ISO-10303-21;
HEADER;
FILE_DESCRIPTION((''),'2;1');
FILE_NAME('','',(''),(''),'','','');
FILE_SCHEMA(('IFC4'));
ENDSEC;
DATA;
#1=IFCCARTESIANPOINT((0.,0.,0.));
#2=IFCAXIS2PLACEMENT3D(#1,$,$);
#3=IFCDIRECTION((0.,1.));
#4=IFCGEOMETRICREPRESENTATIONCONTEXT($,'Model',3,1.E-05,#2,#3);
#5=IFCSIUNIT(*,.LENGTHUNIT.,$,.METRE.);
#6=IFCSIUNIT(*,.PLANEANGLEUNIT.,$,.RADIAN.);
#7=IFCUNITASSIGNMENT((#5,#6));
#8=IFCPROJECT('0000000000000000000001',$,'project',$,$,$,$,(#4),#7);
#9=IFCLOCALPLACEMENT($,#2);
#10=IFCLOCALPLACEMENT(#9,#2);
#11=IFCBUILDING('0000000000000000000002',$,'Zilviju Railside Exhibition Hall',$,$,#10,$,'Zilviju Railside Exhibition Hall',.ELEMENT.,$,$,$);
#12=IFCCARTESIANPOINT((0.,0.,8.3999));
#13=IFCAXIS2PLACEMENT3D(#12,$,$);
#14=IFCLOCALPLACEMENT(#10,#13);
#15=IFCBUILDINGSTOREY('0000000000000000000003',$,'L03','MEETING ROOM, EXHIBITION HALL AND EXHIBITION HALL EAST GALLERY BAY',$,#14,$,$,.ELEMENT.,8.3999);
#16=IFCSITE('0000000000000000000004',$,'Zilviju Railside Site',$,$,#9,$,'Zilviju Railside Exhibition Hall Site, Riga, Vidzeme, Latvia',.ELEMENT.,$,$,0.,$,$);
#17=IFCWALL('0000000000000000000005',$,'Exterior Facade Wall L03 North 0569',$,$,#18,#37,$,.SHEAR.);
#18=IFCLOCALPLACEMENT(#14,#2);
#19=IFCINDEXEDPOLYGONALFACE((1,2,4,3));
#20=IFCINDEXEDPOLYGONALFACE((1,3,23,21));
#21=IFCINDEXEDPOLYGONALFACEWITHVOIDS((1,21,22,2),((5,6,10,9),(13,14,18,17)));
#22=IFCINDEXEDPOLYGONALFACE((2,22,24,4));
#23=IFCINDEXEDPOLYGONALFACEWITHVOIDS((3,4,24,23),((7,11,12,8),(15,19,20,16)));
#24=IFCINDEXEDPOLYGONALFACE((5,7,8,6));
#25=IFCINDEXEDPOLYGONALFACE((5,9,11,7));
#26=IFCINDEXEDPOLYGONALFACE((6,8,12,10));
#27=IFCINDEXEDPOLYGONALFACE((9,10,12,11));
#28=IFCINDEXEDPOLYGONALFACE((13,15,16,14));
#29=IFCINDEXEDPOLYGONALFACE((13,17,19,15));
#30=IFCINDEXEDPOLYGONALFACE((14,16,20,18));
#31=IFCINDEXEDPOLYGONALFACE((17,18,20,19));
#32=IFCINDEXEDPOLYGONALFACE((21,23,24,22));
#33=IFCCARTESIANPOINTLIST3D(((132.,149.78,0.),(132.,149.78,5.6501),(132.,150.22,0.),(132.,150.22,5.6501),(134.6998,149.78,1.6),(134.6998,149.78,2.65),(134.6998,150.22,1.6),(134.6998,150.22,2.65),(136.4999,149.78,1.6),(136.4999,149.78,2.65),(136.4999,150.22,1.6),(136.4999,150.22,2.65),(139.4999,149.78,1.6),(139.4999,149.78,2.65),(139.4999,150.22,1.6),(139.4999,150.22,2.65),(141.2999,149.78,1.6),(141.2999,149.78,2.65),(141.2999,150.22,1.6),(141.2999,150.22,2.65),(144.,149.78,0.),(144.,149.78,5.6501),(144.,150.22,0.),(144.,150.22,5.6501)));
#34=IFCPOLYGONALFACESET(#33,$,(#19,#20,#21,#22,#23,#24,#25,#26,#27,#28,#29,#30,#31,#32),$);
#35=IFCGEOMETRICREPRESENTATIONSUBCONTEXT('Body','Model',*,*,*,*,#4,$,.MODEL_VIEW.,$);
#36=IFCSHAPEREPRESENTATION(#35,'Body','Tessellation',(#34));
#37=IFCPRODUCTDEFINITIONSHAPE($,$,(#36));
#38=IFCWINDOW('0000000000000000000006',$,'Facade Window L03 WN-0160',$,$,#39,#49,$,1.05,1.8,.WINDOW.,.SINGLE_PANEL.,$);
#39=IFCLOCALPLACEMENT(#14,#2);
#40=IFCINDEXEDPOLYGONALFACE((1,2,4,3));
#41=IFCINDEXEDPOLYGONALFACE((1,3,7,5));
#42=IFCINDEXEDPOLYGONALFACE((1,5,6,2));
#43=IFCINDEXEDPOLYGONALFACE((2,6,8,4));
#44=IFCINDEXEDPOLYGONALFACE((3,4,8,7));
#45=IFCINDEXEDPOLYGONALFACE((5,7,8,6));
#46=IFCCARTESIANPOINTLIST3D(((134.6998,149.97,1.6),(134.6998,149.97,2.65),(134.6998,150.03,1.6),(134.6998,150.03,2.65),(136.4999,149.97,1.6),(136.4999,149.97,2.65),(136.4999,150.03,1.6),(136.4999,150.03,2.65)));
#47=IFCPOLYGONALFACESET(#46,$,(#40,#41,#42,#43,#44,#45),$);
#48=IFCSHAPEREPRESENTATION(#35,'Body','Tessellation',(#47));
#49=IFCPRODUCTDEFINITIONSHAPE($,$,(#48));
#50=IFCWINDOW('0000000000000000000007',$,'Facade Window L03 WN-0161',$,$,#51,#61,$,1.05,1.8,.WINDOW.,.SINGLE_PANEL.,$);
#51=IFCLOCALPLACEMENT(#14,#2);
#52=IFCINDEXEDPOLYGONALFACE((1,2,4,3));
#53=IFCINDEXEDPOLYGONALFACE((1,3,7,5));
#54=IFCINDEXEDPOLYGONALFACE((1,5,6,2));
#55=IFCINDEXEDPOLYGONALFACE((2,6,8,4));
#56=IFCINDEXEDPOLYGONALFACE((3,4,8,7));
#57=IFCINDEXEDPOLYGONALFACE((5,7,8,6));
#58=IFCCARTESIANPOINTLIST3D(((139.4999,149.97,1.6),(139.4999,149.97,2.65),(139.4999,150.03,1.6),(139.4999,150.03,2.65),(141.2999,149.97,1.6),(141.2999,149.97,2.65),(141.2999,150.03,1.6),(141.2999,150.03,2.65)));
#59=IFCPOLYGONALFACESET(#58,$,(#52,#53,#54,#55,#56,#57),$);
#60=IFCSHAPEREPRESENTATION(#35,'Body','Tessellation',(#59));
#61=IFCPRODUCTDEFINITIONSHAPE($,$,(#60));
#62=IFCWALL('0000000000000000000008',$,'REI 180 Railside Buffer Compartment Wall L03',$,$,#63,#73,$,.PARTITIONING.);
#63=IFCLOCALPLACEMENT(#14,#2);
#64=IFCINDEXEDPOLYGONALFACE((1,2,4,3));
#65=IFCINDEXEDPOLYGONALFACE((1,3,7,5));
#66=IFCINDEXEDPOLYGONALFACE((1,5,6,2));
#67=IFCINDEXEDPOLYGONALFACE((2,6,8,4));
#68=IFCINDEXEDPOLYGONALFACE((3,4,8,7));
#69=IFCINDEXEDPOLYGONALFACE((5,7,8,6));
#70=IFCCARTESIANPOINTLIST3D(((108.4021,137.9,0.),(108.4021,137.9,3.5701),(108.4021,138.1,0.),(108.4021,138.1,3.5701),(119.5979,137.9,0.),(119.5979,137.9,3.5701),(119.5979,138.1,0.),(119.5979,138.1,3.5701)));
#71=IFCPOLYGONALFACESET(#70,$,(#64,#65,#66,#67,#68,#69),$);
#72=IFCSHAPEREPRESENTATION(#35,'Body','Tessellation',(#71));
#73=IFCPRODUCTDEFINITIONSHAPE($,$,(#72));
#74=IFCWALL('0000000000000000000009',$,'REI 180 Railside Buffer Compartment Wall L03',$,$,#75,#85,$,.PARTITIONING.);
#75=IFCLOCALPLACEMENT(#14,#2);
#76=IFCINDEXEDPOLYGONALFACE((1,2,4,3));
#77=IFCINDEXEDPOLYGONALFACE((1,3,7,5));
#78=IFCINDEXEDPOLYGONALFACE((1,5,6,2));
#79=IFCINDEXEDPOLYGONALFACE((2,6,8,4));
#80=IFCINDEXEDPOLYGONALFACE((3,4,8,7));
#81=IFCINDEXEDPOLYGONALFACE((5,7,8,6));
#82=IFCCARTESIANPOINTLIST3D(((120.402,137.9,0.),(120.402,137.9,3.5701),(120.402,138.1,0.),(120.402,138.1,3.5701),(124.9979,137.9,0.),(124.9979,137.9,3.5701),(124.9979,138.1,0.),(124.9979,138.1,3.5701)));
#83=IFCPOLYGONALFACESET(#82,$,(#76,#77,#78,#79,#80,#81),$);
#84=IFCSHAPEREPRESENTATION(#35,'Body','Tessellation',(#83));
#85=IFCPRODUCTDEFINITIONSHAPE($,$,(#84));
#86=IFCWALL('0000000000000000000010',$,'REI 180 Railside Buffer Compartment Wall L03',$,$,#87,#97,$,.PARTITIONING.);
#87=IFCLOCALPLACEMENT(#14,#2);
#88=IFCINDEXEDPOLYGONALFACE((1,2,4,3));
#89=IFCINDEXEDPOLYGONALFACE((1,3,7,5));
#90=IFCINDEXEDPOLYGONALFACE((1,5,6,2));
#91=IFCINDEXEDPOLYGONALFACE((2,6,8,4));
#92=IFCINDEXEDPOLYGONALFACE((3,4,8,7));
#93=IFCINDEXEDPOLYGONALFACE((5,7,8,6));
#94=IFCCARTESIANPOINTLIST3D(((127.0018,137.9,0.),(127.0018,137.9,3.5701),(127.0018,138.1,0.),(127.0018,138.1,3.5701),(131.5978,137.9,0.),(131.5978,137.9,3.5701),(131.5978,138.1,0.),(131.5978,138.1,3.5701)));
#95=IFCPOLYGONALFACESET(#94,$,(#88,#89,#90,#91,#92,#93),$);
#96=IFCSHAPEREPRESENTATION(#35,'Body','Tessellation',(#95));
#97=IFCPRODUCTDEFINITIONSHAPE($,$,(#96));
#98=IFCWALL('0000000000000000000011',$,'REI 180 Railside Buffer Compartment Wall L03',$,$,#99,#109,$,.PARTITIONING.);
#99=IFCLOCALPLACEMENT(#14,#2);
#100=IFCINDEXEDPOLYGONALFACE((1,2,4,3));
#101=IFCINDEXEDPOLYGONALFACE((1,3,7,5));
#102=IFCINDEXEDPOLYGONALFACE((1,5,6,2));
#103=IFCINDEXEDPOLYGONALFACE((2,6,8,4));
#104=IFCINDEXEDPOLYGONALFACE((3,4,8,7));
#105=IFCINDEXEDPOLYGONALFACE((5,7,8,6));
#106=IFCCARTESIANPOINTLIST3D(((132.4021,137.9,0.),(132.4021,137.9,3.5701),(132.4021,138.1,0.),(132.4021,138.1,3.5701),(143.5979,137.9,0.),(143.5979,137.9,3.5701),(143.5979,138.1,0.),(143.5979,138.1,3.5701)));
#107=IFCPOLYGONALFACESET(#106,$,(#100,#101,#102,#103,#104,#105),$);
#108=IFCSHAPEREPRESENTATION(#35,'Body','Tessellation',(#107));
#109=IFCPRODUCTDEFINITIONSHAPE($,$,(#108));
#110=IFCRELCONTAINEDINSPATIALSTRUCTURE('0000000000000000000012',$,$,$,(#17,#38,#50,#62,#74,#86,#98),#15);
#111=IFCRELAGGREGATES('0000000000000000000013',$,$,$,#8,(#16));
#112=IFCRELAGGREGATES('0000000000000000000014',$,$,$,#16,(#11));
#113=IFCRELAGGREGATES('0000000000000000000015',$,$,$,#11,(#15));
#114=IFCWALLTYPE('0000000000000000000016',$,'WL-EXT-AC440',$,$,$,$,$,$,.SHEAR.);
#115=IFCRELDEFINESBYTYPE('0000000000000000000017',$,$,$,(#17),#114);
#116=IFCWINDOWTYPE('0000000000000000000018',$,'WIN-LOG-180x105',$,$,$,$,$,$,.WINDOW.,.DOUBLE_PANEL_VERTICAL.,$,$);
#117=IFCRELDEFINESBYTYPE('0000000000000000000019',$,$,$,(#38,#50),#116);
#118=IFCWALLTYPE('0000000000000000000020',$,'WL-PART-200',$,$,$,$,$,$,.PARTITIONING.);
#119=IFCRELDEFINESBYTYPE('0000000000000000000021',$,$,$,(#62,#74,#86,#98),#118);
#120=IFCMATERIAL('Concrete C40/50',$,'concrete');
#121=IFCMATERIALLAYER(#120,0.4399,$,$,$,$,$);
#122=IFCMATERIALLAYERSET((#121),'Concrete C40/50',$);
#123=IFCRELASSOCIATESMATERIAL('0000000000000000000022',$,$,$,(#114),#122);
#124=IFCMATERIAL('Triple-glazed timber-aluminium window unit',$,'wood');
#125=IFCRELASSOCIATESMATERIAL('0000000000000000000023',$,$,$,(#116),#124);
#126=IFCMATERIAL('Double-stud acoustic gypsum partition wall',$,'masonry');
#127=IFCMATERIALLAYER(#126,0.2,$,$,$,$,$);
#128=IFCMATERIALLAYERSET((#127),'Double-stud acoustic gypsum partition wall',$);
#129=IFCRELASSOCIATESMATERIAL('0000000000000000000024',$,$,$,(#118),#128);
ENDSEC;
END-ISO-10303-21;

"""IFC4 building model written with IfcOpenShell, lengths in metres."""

from ifc_helpers import new_model, si_unit, direction, frame, frame_2d, origin, place, context, subcontext, project, spatial, rectangle, extrude, material, layer, layer_set, type_object, element, fill, save


model = new_model("IFC4")

# Units and contexts
model_context = context("Model", 3, precision=1e-05, world=origin(), true_north=direction((0.0, 1.0)))
body_context = subcontext(model_context, "Body", "Model", "MODEL_VIEW")
ifc_project = project(units=[si_unit("LENGTHUNIT", "METRE"), si_unit("PLANEANGLEUNIT", "RADIAN")], contexts=[model_context])

# Site, building, storey
site_placement = place(None, origin())
site = spatial("IfcSite", under=ifc_project, at=site_placement, Name="Zilviju Railside Site", LongName="Zilviju Railside Exhibition Hall Site, Riga, Vidzeme, Latvia", CompositionType="ELEMENT", RefElevation=0.0)
building_placement = place(site_placement, origin())
building = spatial("IfcBuilding", under=site, at=building_placement, Name="Zilviju Railside Exhibition Hall", LongName="Zilviju Railside Exhibition Hall", CompositionType="ELEMENT")
storey_placement = place(building_placement, frame((0.0, 0.0, 8.3999)))
storey = spatial("IfcBuildingStorey", under=building, at=storey_placement, Name="L03", Description="MEETING ROOM, EXHIBITION HALL AND EXHIBITION HALL EAST GALLERY BAY", CompositionType="ELEMENT", Elevation=8.3999)

# Shared definitions
ifc_material_1 = material(Name="Concrete C40/50", Category="concrete")

# Shared definitions
ifc_layer_1 = layer(ifc_material_1, 0.4399)
ifc_layer_set_1 = layer_set([ifc_layer_1], Name="Concrete C40/50")
wall_type_1 = type_object("IfcWallType", Name="WL-EXT-AC440", PredefinedType="SHEAR", material=ifc_layer_set_1)
ifc_material_2 = material(Name="Triple-glazed timber-aluminium window unit", Category="wood")
window_type = type_object("IfcWindowType", Name="WIN-LOG-180x105", PartitioningType="DOUBLE_PANEL_VERTICAL", PredefinedType="WINDOW", material=ifc_material_2)

# Wall, openings, windows
wall_1_placement = place(storey_placement, frame((132.0, 150.0, 0.0), z_axis=(0.0, 0.0, 1.0), x_axis=(1.0, 0.0, 0.0)))
wall_1 = element("IfcWall", 1, at=wall_1_placement, inside=storey, type_object=wall_type_1, Name="Exterior Facade Wall L03 North 0569", PredefinedType="SHEAR", context=body_context, shape_type="SweptSolid", body=[
    extrude(rectangle(XDim=12.0, YDim=0.4399, at=frame_2d((6.0, 0.0))), origin(), (0.0, 0.0, 1.0), 5.6501),
])
opening_1_placement = place(wall_1_placement, frame((2.7, 0.0, 1.6001)))
opening_1 = element("IfcOpeningElement", 2, at=opening_1_placement, cuts=wall_1, PredefinedType="OPENING", context=body_context, shape_type="SweptSolid", body=[
    extrude(rectangle(XDim=1.8, YDim=1.05, at=frame_2d((0.8999, 0.5249))), frame((0.0, 0.23, 0.0), z_axis=(0.0, -1.0, 0.0), x_axis=(1.0, 0.0, 0.0)), (0.0, 0.0, 1.0), 0.46),
])
opening_2_placement = place(wall_1_placement, frame((7.5, 0.0, 1.6001)))
opening_2 = element("IfcOpeningElement", 3, at=opening_2_placement, cuts=wall_1, PredefinedType="OPENING", context=body_context, shape_type="SweptSolid", body=[
    extrude(rectangle(XDim=1.8, YDim=1.05, at=frame_2d((0.8999, 0.5249))), frame((0.0, 0.23, 0.0), z_axis=(0.0, -1.0, 0.0), x_axis=(1.0, 0.0, 0.0)), (0.0, 0.0, 1.0), 0.46),
])
window_1_placement = place(opening_1_placement, origin())
window_1 = element("IfcWindow", 4, at=window_1_placement, inside=storey, type_object=window_type, Name="Facade Window L03 WN-0160", OverallHeight=1.05, OverallWidth=1.8, PartitioningType="SINGLE_PANEL", PredefinedType="WINDOW", context=body_context, shape_type="SweptSolid", body=[
    extrude(rectangle(XDim=1.8, YDim=1.05, at=frame_2d((0.8999, 0.5249))), frame((0.0, 0.03, 0.0), z_axis=(0.0, -1.0, 0.0), x_axis=(1.0, 0.0, 0.0)), (0.0, 0.0, 1.0), 0.0601),
])
fill(opening_1, window_1)
window_2_placement = place(opening_2_placement, origin())
window_2 = element("IfcWindow", 5, at=window_2_placement, inside=storey, type_object=window_type, Name="Facade Window L03 WN-0161", OverallHeight=1.05, OverallWidth=1.8, PartitioningType="SINGLE_PANEL", PredefinedType="WINDOW", context=body_context, shape_type="SweptSolid", body=[
    extrude(rectangle(XDim=1.8, YDim=1.05, at=frame_2d((0.8999, 0.5249))), frame((0.0, 0.03, 0.0), z_axis=(0.0, -1.0, 0.0), x_axis=(1.0, 0.0, 0.0)), (0.0, 0.0, 1.0), 0.0601),
])
fill(opening_2, window_2)

# Walls
ifc_material_3 = material(Name="Double-stud acoustic gypsum partition wall", Category="masonry")
ifc_layer_2 = layer(ifc_material_3, 0.2)
ifc_layer_set_2 = layer_set([ifc_layer_2], Name="Double-stud acoustic gypsum partition wall")
wall_type_2 = type_object("IfcWallType", Name="WL-PART-200", PredefinedType="PARTITIONING", material=ifc_layer_set_2)
wall_2_placement = place(storey_placement, frame((108.4021, 138.0, 0.0), z_axis=(0.0, 0.0, 1.0), x_axis=(1.0, 0.0, 0.0)))
element("IfcWall", 6, at=wall_2_placement, inside=storey, type_object=wall_type_2, Name="REI 180 Railside Buffer Compartment Wall L03", PredefinedType="PARTITIONING", context=body_context, shape_type="SweptSolid", body=[
    extrude(rectangle(XDim=11.1958, YDim=0.2, at=frame_2d((5.5979, 0.0))), origin(), (0.0, 0.0, 1.0), 3.5701),
])
for number, where, z_axis, x_axis, name in (
    (7, (120.4021, 138.0, 0.0), (0.0, 0.0, 1.0), (1.0, 0.0, 0.0), "REI 180 Railside Buffer Compartment Wall L03"),
    (8, (127.002, 138.0, 0.0), (0.0, 0.0, 1.0), (1.0, 0.0, 0.0), "REI 180 Railside Buffer Compartment Wall L03"),
):
    element("IfcWall", number, at=place(storey_placement, frame(where, z_axis=z_axis, x_axis=x_axis)), inside=storey, type_object=wall_type_2, Name=name, PredefinedType="PARTITIONING", context=body_context, shape_type="SweptSolid", body=[
        extrude(rectangle(XDim=4.5959, YDim=0.2, at=frame_2d((2.2979, 0.0))), origin(), (0.0, 0.0, 1.0), 3.5701),
    ])
wall_3_placement = place(storey_placement, frame((132.4021, 138.0, 0.0), z_axis=(0.0, 0.0, 1.0), x_axis=(1.0, 0.0, 0.0)))
element("IfcWall", 9, at=wall_3_placement, inside=storey, type_object=wall_type_2, Name="REI 180 Railside Buffer Compartment Wall L03", PredefinedType="PARTITIONING", context=body_context, shape_type="SweptSolid", body=[
    extrude(rectangle(XDim=11.1958, YDim=0.2, at=frame_2d((5.5979, 0.0))), origin(), (0.0, 0.0, 1.0), 3.5701),
])

save(model, "model.ifc")
